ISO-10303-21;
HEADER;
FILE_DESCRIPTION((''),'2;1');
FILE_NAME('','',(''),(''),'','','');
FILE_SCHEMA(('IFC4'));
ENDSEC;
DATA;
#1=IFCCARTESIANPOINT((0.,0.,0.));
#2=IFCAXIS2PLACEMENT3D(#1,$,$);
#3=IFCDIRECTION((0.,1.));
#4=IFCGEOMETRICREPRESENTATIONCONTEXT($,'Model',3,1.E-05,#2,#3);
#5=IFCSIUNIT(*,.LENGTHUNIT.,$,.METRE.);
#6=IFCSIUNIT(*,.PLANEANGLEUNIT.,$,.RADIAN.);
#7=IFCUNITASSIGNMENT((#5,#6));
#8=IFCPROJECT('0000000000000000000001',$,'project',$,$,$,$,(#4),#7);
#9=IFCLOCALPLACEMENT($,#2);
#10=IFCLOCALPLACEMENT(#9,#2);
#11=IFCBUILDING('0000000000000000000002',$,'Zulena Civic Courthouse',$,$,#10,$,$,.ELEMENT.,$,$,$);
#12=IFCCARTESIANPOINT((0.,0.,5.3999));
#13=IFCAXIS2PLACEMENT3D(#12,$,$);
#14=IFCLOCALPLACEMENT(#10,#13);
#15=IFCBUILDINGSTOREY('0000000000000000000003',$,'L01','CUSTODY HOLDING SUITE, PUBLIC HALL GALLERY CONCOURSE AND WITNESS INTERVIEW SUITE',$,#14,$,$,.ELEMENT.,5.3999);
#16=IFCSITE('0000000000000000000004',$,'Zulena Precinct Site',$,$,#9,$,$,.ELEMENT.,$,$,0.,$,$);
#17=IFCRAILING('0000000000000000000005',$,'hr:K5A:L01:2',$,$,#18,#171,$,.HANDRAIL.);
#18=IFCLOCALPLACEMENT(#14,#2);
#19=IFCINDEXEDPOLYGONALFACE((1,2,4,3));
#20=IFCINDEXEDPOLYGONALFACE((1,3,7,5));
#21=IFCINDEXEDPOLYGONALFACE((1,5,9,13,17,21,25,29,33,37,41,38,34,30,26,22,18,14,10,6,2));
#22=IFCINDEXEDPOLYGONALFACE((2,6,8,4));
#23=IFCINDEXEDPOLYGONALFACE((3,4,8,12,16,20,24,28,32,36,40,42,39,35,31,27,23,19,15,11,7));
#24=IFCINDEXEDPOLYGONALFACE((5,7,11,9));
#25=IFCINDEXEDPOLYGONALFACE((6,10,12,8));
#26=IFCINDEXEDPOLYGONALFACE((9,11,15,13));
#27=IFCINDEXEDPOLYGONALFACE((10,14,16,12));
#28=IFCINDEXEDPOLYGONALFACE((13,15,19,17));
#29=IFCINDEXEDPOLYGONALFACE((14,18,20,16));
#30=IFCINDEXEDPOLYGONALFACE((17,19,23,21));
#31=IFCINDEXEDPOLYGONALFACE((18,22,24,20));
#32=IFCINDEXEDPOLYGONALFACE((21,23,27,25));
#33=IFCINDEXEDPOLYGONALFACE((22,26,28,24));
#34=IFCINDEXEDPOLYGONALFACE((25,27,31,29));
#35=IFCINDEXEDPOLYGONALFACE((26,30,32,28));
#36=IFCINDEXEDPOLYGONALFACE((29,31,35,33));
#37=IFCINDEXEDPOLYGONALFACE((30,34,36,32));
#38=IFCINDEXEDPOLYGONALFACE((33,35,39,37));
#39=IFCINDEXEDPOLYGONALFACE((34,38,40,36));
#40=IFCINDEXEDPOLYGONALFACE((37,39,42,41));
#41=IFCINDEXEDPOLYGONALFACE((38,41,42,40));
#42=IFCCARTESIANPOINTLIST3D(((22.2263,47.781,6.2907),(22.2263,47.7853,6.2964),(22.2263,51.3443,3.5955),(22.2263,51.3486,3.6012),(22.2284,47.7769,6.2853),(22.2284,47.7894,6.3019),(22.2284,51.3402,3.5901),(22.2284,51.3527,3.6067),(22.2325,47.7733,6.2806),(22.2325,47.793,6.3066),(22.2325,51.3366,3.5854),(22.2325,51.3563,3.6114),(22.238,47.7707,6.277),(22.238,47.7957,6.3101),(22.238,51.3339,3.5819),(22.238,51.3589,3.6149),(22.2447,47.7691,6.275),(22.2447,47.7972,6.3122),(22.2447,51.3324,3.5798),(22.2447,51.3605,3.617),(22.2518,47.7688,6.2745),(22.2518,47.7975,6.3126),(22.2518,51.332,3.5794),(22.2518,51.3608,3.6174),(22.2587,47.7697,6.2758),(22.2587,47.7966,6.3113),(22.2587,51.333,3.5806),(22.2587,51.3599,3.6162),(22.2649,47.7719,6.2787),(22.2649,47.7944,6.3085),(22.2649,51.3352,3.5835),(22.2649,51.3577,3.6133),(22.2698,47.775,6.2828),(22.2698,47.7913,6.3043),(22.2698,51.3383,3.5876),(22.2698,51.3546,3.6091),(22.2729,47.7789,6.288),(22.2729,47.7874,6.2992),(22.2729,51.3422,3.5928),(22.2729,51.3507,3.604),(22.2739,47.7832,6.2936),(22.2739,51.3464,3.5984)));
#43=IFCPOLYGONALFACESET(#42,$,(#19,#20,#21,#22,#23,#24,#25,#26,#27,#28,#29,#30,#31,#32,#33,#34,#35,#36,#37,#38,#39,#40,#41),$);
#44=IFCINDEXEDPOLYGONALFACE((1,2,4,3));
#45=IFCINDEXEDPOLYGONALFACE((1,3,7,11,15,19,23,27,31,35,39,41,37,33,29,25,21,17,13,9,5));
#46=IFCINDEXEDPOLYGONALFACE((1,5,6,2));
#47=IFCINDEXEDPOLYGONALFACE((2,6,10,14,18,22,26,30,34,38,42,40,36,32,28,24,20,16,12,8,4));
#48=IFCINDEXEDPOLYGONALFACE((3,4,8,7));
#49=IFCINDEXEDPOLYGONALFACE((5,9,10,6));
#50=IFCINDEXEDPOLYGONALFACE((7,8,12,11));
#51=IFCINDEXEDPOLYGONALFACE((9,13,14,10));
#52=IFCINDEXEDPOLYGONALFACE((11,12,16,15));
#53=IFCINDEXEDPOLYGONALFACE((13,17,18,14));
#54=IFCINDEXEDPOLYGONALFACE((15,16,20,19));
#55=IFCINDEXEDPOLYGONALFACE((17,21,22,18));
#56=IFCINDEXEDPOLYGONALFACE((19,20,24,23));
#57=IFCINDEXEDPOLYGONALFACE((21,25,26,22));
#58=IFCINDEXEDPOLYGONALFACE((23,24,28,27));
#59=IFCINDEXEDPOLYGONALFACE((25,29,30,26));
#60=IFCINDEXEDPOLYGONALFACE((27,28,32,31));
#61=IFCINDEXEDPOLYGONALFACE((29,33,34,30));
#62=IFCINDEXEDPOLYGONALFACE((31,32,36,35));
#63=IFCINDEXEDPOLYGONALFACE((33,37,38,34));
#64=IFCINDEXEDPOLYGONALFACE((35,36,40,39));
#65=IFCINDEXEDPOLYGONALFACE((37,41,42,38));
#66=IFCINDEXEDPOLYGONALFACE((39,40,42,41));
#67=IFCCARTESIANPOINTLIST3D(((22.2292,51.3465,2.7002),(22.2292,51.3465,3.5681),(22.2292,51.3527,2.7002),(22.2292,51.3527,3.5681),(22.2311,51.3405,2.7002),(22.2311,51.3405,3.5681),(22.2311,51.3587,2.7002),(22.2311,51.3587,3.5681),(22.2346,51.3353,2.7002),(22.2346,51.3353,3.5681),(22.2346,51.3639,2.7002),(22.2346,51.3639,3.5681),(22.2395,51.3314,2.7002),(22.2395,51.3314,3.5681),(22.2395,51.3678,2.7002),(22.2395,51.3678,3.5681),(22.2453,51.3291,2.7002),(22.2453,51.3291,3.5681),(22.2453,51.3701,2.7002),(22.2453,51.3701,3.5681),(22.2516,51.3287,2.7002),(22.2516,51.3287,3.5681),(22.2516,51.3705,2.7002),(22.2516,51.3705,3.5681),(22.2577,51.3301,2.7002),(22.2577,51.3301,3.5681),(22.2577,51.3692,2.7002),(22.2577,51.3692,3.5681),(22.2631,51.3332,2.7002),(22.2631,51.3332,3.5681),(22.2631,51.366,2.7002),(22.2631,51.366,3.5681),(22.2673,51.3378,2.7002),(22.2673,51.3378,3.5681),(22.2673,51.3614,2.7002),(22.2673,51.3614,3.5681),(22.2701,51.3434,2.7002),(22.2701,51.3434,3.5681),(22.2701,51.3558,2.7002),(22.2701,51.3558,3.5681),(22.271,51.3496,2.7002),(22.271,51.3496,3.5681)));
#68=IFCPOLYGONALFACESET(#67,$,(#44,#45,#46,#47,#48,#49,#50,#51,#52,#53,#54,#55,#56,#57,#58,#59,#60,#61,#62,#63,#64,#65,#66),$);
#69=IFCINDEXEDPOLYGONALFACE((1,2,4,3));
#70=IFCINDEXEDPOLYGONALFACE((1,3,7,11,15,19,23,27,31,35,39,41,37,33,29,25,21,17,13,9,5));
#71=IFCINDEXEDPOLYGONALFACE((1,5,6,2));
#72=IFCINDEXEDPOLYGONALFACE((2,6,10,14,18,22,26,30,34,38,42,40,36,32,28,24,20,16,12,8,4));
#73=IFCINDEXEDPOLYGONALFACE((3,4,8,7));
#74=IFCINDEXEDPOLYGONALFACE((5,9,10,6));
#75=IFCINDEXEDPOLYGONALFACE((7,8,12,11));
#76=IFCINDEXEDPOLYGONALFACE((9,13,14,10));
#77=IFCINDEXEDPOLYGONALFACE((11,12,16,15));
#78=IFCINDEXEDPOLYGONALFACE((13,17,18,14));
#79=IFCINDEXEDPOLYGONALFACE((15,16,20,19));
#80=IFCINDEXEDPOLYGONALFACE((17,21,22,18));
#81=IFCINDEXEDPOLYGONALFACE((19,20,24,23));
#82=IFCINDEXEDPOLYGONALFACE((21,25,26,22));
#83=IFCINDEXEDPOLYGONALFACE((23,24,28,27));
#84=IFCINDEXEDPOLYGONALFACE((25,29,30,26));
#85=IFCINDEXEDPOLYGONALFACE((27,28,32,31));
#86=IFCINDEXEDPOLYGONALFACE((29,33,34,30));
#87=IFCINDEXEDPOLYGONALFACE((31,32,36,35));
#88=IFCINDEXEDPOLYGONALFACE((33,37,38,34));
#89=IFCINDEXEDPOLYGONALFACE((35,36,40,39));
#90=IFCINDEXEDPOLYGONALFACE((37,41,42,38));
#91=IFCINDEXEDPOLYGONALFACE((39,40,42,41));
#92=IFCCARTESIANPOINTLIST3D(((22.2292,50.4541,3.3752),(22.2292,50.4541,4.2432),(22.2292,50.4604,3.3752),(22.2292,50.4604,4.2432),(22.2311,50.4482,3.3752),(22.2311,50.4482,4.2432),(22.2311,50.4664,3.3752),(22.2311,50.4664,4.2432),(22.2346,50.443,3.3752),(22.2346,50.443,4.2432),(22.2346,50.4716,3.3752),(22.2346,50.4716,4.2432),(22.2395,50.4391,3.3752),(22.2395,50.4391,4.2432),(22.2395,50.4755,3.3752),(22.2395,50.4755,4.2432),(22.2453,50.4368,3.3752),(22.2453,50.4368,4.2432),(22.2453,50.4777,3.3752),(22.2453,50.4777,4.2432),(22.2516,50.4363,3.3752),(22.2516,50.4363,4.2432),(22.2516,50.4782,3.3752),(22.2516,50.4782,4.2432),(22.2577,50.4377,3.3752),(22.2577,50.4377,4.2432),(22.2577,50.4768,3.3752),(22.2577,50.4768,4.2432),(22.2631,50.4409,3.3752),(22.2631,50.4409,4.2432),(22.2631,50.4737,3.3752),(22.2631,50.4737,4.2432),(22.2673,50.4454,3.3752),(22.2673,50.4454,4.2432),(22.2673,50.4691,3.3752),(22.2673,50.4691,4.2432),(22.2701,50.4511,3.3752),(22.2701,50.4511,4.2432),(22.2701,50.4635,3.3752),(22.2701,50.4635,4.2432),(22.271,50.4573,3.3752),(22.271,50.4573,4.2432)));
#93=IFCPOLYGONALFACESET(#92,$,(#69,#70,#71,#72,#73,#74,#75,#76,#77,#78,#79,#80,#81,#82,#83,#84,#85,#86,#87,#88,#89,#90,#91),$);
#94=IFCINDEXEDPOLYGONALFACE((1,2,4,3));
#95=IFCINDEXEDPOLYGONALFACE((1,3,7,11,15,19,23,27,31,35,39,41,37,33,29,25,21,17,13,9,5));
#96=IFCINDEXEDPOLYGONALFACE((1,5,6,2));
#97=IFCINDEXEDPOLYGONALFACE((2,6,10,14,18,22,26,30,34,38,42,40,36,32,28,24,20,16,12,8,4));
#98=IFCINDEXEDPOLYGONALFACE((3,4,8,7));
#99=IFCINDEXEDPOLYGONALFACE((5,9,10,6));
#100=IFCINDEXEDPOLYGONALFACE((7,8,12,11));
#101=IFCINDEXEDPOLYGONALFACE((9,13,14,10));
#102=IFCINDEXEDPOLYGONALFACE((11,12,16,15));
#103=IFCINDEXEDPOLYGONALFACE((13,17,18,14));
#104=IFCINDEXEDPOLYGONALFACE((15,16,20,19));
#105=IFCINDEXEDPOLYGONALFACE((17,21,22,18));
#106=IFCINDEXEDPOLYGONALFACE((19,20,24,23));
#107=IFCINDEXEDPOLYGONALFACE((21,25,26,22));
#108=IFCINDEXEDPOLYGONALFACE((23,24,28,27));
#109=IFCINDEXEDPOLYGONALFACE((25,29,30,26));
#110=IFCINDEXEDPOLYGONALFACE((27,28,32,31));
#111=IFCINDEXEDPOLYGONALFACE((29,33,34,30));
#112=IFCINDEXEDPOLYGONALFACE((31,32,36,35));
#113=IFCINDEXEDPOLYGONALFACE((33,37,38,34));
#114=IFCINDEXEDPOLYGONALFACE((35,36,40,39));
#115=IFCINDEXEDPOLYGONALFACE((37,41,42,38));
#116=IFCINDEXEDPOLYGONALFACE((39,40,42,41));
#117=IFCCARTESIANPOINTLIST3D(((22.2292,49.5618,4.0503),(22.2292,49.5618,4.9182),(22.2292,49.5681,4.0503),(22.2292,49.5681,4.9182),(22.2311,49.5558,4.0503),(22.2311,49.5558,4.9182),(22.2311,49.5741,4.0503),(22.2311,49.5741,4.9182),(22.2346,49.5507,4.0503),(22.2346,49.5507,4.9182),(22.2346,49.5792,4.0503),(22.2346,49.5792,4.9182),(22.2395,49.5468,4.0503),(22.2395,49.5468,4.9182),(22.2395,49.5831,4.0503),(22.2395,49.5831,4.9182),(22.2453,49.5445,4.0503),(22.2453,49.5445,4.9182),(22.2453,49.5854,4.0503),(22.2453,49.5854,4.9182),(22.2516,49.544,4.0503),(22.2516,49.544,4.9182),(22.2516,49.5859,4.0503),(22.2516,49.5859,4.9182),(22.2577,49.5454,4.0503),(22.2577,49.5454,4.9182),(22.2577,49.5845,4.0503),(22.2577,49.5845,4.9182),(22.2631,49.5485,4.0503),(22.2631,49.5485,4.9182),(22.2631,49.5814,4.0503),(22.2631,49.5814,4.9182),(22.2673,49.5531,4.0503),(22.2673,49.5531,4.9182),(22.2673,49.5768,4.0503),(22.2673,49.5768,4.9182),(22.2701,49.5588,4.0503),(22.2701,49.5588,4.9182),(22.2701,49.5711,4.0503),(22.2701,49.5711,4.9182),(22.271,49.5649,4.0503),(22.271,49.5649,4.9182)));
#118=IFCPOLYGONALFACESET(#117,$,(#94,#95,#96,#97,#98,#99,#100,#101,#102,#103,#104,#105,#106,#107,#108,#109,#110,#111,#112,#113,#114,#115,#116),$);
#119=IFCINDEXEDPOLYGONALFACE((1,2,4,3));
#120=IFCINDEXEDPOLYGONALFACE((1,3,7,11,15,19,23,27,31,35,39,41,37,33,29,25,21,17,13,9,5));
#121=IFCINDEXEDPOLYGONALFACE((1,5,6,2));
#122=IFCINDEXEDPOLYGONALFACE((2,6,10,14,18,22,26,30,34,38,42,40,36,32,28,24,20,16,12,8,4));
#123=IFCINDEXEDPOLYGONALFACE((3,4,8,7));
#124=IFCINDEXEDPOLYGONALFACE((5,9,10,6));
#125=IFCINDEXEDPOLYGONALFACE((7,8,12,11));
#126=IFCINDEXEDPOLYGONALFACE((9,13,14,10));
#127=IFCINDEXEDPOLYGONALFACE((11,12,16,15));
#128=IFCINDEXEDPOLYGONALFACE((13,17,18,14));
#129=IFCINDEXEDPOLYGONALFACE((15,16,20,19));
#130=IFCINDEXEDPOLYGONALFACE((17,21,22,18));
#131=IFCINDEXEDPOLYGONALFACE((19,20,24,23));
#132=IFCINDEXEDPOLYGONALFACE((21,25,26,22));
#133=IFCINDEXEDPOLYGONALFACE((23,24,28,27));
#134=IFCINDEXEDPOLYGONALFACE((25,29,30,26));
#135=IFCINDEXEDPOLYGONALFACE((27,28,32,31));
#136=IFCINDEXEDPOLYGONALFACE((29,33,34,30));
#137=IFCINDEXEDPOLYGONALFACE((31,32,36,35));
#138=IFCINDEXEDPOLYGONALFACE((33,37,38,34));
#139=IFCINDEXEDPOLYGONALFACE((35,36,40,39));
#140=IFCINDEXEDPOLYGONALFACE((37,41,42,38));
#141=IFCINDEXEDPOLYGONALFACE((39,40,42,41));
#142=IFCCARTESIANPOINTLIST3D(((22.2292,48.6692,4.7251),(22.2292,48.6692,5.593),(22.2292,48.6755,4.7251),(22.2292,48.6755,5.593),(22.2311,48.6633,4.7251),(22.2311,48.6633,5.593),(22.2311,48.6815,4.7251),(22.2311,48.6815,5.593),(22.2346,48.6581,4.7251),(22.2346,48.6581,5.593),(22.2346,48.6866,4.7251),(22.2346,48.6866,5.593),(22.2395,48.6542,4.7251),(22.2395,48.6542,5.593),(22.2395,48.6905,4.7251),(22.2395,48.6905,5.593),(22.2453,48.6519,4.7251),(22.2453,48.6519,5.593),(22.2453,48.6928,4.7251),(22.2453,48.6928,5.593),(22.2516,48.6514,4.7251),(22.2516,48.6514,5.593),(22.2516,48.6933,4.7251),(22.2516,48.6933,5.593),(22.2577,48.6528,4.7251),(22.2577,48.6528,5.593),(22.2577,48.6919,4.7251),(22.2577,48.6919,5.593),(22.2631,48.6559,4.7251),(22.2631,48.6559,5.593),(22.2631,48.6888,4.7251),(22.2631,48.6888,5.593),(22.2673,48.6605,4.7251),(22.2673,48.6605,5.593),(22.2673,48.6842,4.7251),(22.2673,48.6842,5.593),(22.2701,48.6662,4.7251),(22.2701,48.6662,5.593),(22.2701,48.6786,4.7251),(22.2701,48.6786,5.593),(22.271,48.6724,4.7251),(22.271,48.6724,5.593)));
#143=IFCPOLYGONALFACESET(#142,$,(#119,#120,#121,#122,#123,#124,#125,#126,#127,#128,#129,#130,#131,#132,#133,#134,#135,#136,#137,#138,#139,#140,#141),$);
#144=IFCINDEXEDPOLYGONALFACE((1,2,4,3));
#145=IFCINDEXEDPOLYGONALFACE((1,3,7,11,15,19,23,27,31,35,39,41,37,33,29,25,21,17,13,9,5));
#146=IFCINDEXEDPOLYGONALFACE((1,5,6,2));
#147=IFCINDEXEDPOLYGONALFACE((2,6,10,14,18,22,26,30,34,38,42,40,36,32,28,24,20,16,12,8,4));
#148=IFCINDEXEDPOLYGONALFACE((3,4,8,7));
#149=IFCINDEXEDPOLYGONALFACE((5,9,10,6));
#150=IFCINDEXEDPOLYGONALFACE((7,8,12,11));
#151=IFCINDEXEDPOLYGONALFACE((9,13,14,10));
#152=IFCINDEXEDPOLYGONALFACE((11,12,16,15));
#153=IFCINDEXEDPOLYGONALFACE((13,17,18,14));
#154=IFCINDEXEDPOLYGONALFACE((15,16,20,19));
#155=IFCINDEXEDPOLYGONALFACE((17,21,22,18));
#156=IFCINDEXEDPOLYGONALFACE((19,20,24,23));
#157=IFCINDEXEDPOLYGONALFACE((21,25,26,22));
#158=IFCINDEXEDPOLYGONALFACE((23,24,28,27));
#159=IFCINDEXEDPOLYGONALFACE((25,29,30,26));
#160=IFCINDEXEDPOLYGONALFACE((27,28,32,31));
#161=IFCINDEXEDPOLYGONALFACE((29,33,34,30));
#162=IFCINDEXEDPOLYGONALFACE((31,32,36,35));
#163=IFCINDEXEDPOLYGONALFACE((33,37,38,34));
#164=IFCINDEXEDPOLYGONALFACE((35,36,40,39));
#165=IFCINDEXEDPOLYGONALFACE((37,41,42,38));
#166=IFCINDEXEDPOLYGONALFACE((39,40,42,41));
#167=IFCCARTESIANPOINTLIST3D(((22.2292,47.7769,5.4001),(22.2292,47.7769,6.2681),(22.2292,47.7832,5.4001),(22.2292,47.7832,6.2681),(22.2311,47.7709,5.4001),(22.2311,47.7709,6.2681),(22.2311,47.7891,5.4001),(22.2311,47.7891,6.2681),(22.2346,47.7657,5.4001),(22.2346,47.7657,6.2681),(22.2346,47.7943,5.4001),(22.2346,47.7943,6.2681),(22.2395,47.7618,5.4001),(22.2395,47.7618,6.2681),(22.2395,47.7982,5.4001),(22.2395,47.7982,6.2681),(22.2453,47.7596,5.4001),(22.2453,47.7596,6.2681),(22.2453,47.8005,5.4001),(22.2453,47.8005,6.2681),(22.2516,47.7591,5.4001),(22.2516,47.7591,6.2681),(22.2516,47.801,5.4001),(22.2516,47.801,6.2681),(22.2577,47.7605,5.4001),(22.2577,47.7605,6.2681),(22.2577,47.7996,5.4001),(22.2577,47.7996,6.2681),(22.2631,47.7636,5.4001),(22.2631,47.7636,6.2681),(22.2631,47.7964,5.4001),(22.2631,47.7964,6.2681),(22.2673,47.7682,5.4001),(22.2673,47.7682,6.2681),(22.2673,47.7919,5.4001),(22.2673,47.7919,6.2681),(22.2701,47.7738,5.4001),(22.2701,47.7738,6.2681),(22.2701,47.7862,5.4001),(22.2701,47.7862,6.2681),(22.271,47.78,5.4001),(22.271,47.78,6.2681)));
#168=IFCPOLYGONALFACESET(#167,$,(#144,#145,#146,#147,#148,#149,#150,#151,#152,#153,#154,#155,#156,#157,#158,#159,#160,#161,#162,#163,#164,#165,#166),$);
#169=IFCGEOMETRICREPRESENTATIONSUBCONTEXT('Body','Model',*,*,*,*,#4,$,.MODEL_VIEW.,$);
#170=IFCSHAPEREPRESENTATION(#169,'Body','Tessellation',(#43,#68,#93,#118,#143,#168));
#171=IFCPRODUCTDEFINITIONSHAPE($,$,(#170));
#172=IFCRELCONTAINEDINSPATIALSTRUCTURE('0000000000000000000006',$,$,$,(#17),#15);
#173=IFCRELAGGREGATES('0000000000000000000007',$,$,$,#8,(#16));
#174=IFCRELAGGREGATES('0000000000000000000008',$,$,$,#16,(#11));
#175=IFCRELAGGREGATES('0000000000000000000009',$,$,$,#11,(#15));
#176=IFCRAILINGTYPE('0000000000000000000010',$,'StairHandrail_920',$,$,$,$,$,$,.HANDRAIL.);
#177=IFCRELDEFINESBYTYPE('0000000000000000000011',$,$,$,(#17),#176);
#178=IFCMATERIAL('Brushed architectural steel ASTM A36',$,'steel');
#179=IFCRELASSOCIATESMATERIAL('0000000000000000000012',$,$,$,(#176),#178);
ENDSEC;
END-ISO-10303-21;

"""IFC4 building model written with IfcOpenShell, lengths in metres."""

from ifc_helpers import new_model, si_unit, direction, frame, origin, origin_2d, place, context, subcontext, project, spatial, circle, extrude, material, type_object, element, save


model = new_model("IFC4")

# Units and contexts
model_context = context("Model", 3, precision=1e-05, world=origin(), true_north=direction((0.0, 1.0)))
body_context = subcontext(model_context, "Body", "Model", "MODEL_VIEW")
ifc_project = project(units=[si_unit("LENGTHUNIT", "METRE"), si_unit("PLANEANGLEUNIT", "RADIAN")], contexts=[model_context])

# Site, building, storey
site_placement = place(None, origin())
site = spatial("IfcSite", under=ifc_project, at=site_placement, Name="Zulena Precinct Site", CompositionType="ELEMENT", RefElevation=0.0)
building_placement = place(site_placement, origin())
building = spatial("IfcBuilding", under=site, at=building_placement, Name="Zulena Civic Courthouse", CompositionType="ELEMENT")
storey_placement = place(building_placement, frame((0.0, 0.0, 5.3999)))
storey = spatial("IfcBuildingStorey", under=building, at=storey_placement, Name="L01", Description="CUSTODY HOLDING SUITE, PUBLIC HALL GALLERY CONCOURSE AND WITNESS INTERVIEW SUITE", CompositionType="ELEMENT", Elevation=5.3999)

# Railing
ifc_material_1 = material(Name="Brushed architectural steel ASTM A36", Category="steel")
railing_type_1 = type_object("IfcRailingType", Name="StairHandrail_920", PredefinedType="HANDRAIL", material=ifc_material_1)
railing_1_placement = place(storey_placement, frame((22.25, 51.3496, 2.7002)))
element("IfcRailing", 1, at=railing_1_placement, inside=storey, type_object=railing_type_1, Name="hr:K5A:L01:2", PredefinedType="HANDRAIL", context=body_context, shape_type="SweptSolid", body=[
    extrude(circle(Radius=0.0239, at=origin_2d()), frame((0.0, -0.0032, 0.8982), z_axis=(0.0, -0.797552, 0.60325), x_axis=(1.0, 0.0, 0.0)), (0.0, 0.0, 1.0), 4.4678),
    extrude(circle(Radius=0.021, at=origin_2d()), origin(), (0.0, 0.0, 1.0), 0.8679),
    extrude(circle(Radius=0.021, at=origin_2d()), frame((0.0, -0.8923, 0.675)), (0.0, 0.0, 1.0), 0.8679),
    extrude(circle(Radius=0.021, at=origin_2d()), frame((0.0, -1.7847, 1.3501)), (0.0, 0.0, 1.0), 0.8679),
    extrude(circle(Radius=0.021, at=origin_2d()), frame((0.0, -2.6772, 2.0249)), (0.0, 0.0, 1.0), 0.8679),
    extrude(circle(Radius=0.021, at=origin_2d()), frame((0.0, -3.5696, 2.7)), (0.0, 0.0, 1.0), 0.8679),
])

save(model, "model.ifc")
